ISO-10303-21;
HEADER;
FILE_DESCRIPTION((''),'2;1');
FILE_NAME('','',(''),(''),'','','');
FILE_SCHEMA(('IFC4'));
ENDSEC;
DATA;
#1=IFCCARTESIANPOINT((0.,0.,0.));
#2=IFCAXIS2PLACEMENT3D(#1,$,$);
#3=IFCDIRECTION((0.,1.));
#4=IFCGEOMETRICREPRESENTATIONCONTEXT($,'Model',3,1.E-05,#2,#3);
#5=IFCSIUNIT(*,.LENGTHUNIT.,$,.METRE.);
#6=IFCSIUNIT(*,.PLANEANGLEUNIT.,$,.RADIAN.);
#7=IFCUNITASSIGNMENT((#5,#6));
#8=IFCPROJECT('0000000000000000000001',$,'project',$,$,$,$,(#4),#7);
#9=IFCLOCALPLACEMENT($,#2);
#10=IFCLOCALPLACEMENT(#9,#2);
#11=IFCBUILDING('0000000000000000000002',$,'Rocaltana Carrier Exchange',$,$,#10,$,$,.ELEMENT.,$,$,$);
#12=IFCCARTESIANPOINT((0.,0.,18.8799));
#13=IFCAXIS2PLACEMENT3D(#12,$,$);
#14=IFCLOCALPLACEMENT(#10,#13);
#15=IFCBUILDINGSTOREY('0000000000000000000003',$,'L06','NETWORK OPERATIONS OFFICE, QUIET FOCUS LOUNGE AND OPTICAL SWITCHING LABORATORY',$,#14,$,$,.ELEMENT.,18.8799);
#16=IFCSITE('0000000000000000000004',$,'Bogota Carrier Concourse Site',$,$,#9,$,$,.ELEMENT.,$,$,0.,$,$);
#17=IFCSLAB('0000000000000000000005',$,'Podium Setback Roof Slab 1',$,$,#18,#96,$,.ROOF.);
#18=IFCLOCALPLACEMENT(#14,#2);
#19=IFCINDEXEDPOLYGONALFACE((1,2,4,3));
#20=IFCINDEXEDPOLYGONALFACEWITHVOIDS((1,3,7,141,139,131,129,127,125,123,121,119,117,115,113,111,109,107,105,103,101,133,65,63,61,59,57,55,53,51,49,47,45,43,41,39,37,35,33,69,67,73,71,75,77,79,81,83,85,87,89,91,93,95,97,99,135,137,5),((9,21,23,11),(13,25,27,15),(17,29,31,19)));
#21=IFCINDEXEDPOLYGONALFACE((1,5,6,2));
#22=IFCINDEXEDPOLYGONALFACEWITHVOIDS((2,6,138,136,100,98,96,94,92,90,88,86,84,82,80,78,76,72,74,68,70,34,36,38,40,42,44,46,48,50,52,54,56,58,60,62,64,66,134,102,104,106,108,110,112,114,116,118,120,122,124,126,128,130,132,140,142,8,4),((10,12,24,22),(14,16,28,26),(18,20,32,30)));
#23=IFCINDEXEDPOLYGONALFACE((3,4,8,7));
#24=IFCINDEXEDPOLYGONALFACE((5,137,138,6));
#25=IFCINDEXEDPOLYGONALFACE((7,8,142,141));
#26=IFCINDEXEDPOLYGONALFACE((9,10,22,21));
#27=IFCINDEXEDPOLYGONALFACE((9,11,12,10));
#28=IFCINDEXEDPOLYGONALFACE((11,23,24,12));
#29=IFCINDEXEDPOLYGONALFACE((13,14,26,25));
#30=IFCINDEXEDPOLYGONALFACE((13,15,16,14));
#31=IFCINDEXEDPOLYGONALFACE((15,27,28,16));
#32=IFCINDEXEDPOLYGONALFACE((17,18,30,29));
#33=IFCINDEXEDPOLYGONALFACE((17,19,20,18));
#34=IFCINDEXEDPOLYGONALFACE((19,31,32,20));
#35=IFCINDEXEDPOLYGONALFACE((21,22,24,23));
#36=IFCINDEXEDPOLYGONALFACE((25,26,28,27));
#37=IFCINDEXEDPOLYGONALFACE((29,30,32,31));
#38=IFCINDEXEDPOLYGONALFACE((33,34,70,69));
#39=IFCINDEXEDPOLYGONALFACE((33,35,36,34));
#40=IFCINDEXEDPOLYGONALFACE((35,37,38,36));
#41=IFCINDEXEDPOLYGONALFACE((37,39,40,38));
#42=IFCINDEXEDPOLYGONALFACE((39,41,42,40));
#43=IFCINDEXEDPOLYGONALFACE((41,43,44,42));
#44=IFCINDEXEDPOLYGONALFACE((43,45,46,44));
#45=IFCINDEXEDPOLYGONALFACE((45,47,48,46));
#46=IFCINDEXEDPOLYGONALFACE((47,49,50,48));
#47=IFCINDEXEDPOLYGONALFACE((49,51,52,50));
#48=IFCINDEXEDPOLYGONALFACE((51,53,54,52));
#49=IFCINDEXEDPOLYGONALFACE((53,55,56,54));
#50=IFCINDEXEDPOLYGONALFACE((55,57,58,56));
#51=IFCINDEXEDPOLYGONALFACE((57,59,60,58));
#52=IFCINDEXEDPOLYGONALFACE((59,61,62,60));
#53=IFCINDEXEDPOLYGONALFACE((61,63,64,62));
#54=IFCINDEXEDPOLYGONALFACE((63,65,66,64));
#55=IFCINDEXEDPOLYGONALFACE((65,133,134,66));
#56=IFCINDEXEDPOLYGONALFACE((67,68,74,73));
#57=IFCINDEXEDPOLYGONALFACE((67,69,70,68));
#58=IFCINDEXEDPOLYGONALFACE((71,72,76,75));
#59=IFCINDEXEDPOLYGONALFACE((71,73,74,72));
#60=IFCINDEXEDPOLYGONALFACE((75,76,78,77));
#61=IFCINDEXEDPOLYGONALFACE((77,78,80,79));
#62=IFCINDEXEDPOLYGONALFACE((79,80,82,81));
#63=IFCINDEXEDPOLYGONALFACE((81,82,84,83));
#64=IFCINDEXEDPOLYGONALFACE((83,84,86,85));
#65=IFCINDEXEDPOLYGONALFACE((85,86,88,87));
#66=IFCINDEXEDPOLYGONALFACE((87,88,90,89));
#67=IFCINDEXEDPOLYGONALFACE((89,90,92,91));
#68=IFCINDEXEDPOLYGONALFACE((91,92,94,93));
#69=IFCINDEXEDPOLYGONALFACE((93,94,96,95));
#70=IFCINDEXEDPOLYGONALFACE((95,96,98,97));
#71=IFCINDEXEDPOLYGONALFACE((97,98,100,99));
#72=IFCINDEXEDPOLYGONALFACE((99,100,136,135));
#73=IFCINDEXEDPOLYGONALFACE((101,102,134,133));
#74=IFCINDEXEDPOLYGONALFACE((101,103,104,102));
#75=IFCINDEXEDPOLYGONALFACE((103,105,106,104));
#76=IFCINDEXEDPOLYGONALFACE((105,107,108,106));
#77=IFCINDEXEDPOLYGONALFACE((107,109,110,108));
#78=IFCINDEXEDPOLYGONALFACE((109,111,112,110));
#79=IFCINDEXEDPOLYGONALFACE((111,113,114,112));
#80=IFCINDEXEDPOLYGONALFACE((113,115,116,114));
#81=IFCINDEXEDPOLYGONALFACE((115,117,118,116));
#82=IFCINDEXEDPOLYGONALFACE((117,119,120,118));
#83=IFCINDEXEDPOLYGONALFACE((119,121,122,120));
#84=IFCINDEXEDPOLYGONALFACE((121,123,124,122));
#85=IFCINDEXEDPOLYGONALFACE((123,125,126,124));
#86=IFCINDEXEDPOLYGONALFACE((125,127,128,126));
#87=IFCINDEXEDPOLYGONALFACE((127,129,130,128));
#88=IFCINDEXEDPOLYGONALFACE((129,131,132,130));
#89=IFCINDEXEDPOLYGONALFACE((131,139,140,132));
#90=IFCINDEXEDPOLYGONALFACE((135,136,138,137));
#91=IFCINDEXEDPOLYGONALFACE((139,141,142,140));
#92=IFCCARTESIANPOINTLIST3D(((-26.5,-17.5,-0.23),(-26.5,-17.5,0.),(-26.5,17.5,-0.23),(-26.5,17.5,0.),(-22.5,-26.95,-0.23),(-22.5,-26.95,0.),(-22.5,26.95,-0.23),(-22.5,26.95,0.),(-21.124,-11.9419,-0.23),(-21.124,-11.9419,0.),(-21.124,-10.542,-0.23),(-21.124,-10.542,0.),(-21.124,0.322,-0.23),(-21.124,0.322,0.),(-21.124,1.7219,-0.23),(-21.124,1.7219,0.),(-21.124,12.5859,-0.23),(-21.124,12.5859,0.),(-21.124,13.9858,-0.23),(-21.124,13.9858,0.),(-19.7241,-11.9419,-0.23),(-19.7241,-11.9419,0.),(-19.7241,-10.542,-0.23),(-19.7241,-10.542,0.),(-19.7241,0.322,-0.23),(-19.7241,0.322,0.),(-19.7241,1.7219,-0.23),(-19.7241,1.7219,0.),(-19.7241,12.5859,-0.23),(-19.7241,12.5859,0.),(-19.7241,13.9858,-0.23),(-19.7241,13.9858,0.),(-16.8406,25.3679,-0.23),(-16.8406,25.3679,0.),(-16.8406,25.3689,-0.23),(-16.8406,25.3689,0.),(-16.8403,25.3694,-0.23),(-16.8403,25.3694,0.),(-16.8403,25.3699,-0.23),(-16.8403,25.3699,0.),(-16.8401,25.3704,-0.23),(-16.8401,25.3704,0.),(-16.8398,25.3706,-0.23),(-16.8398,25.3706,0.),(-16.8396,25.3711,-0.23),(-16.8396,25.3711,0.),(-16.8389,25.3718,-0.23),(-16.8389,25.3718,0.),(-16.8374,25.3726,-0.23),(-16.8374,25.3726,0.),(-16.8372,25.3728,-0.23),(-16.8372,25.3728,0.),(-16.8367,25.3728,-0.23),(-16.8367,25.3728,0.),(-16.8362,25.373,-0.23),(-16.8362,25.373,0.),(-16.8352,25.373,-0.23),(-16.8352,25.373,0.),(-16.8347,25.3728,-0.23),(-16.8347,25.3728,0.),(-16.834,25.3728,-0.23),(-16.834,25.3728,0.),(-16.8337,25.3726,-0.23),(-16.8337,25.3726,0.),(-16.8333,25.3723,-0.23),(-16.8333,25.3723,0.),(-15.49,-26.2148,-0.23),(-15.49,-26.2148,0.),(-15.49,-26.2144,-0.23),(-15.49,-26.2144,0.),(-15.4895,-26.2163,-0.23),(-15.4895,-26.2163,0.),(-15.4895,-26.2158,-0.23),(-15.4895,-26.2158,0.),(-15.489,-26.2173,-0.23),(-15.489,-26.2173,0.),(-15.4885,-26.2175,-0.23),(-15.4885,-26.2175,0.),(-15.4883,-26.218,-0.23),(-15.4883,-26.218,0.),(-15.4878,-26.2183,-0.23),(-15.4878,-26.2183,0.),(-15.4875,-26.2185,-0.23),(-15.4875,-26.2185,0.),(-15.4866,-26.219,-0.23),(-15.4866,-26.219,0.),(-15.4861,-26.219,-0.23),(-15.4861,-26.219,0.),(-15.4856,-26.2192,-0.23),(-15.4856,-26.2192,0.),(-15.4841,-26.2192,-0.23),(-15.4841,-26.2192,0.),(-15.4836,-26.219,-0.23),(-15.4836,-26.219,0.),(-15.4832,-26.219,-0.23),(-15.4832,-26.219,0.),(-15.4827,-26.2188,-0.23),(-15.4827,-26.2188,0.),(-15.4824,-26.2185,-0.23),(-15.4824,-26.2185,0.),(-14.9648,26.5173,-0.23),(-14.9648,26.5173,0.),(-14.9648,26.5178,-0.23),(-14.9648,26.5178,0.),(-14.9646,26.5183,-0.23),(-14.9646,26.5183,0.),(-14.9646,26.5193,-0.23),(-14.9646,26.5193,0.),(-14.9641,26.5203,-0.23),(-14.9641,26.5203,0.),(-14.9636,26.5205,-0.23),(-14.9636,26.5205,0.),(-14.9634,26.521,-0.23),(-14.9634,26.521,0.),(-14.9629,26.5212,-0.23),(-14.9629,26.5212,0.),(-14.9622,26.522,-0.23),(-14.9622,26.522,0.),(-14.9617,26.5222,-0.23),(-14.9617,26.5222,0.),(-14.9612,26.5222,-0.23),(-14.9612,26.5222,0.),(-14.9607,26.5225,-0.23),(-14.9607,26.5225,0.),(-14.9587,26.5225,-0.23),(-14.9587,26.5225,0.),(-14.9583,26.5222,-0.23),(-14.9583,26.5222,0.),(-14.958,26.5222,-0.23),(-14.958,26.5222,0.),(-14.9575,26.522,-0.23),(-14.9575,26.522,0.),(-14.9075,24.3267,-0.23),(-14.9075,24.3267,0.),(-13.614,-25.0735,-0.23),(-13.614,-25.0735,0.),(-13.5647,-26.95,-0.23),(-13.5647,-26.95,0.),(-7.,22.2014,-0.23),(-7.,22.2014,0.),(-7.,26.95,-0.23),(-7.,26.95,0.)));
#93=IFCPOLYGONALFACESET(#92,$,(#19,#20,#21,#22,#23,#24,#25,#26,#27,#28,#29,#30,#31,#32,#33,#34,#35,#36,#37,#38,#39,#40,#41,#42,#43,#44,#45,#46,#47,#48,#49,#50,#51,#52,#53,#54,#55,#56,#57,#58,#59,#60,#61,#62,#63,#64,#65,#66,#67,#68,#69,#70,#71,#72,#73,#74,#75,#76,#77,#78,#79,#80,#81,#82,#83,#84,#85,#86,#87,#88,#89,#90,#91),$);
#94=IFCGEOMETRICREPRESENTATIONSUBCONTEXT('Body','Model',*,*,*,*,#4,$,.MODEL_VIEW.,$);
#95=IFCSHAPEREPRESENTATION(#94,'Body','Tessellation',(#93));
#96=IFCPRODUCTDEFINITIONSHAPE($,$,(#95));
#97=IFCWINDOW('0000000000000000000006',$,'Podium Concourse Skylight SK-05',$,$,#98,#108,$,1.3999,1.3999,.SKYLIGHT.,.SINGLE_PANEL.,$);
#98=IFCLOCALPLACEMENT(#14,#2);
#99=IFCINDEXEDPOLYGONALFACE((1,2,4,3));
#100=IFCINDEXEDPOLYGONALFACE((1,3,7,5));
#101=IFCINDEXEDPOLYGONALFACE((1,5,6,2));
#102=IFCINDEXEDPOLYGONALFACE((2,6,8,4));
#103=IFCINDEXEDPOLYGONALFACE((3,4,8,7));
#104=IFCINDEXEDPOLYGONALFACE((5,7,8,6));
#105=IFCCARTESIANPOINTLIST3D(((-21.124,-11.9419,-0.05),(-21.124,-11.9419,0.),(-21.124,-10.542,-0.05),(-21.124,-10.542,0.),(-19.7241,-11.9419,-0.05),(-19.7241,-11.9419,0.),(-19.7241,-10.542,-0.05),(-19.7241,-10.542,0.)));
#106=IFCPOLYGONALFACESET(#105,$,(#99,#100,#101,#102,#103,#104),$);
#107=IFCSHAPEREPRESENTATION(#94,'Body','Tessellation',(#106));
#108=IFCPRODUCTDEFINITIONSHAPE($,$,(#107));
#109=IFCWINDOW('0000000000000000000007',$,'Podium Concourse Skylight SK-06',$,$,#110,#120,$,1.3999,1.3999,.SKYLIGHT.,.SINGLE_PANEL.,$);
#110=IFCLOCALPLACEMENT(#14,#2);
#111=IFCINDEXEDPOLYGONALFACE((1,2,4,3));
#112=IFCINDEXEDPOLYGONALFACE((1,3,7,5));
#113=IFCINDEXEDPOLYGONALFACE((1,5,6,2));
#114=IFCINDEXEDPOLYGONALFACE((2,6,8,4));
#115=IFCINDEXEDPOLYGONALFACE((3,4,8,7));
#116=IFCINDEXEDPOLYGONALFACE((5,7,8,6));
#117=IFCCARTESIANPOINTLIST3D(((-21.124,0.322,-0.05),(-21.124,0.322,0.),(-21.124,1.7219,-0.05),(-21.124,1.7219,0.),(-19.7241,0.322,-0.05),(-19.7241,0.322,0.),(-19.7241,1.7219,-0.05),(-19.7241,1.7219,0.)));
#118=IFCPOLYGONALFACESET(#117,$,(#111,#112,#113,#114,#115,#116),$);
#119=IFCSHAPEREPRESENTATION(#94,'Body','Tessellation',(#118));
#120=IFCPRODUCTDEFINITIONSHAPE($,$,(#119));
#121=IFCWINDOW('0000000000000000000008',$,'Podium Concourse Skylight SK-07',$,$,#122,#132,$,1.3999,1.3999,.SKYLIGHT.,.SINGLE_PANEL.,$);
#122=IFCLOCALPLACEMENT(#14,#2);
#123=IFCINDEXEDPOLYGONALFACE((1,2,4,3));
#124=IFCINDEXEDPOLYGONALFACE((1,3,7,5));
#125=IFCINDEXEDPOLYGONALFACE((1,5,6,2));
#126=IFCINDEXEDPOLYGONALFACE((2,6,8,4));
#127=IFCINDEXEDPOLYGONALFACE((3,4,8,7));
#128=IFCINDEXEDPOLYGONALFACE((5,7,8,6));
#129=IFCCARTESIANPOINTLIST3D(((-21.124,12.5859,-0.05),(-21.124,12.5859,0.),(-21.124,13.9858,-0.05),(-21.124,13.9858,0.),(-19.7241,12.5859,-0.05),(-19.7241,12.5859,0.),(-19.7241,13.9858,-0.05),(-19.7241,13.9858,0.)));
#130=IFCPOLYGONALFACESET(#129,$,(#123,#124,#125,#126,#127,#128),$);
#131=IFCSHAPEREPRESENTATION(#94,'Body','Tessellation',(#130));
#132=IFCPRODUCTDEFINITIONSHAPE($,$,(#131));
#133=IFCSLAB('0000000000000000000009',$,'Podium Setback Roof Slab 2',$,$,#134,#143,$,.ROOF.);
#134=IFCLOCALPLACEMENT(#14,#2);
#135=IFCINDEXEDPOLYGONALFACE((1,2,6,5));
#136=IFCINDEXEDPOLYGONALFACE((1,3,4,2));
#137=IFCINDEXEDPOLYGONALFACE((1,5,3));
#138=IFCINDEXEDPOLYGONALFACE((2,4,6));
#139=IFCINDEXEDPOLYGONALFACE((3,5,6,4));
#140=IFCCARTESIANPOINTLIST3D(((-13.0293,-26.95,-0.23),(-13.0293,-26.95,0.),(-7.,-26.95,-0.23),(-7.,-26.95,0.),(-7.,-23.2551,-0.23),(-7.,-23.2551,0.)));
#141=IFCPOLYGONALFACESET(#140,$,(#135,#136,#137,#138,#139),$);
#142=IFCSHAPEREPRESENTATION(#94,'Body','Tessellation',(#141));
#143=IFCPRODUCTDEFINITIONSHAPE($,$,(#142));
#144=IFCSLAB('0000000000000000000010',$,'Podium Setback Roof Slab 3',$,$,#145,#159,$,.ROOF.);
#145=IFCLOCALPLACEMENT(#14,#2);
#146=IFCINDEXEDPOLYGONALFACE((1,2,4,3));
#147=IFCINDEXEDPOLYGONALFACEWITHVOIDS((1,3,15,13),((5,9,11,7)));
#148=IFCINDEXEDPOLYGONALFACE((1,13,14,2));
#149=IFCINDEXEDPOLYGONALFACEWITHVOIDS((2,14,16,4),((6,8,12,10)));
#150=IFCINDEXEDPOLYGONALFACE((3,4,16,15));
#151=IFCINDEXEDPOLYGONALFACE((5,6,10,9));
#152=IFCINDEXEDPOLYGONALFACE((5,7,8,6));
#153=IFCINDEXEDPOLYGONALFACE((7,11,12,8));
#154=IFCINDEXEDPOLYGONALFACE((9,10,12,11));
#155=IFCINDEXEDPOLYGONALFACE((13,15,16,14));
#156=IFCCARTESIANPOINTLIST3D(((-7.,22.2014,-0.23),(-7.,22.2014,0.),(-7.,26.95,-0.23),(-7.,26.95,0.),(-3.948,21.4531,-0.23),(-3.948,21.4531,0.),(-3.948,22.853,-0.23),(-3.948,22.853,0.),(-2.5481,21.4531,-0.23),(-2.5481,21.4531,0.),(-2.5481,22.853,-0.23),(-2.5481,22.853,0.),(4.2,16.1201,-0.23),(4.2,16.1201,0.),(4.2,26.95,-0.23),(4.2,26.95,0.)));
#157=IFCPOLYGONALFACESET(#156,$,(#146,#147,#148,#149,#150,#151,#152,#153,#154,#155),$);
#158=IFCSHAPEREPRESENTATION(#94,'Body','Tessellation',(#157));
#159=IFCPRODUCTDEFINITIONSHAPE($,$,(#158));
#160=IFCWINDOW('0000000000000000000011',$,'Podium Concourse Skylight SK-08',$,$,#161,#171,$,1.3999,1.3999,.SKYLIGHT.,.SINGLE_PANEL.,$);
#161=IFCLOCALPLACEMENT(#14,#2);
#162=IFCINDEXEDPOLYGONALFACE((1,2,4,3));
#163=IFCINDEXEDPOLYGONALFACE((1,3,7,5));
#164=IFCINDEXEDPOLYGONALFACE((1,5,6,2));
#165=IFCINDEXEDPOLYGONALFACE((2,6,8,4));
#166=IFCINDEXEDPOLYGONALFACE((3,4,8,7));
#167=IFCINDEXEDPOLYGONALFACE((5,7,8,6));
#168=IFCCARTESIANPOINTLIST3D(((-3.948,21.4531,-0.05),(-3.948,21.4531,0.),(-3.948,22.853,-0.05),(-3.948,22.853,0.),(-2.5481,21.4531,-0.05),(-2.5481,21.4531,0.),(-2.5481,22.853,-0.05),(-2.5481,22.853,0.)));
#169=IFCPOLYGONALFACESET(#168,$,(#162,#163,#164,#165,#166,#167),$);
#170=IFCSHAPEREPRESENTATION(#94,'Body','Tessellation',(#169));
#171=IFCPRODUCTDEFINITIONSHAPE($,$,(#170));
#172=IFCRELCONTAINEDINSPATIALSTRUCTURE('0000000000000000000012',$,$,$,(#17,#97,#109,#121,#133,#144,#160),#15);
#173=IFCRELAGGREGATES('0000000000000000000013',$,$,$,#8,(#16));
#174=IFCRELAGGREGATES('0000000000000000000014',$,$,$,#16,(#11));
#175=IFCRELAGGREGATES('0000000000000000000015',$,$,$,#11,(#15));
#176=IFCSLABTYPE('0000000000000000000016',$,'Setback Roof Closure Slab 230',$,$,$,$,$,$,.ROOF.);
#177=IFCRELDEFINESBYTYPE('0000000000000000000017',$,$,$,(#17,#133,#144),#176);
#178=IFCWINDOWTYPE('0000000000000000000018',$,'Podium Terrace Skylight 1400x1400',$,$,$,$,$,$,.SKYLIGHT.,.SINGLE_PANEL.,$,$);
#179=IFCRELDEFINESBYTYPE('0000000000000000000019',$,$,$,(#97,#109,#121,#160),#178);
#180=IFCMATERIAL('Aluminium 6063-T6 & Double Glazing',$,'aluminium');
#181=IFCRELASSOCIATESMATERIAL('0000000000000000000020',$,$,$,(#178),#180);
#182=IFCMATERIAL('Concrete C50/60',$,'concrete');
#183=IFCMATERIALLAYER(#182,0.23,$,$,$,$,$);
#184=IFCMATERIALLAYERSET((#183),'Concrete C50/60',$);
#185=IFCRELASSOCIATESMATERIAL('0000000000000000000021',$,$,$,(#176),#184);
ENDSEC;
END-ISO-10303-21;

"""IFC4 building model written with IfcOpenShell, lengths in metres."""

from ifc_helpers import new_model, si_unit, direction, frame, origin, origin_2d, place, context, subcontext, project, spatial, polyline, rectangle, outline, extrude, material, layer, layer_set, type_object, element, fill, save


model = new_model("IFC4")

# Units and contexts
model_context = context("Model", 3, precision=1e-05, world=origin(), true_north=direction((0.0, 1.0)))
body_context = subcontext(model_context, "Body", "Model", "MODEL_VIEW")
ifc_project = project(units=[si_unit("LENGTHUNIT", "METRE"), si_unit("PLANEANGLEUNIT", "RADIAN")], contexts=[model_context])

# Site, building, storey
site_placement = place(None, origin())
site = spatial("IfcSite", under=ifc_project, at=site_placement, Name="Bogota Carrier Concourse Site", CompositionType="ELEMENT", RefElevation=0.0)
building_placement = place(site_placement, origin())
building = spatial("IfcBuilding", under=site, at=building_placement, Name="Rocaltana Carrier Exchange", CompositionType="ELEMENT")
storey_placement = place(building_placement, frame((0.0, 0.0, 18.8799)))
storey = spatial("IfcBuildingStorey", under=building, at=storey_placement, Name="L06", Description="NETWORK OPERATIONS OFFICE, QUIET FOCUS LOUNGE AND OPTICAL SWITCHING LABORATORY", CompositionType="ELEMENT", Elevation=18.8799)

# Shared definitions
ifc_material_1 = material(Name="Aluminium 6063-T6 & Double Glazing", Category="aluminium")
window_type = type_object("IfcWindowType", Name="Podium Terrace Skylight 1400x1400", PartitioningType="SINGLE_PANEL", PredefinedType="SKYLIGHT", material=ifc_material_1)

# Slab, openings, windows
ifc_material_2 = material(Name="Concrete C50/60", Category="concrete")
ifc_layer_1 = layer(ifc_material_2, 0.23)
ifc_layer_set_1 = layer_set([ifc_layer_1], Name="Concrete C50/60")
slab_type_1 = type_object("IfcSlabType", Name="Setback Roof Closure Slab 230", PredefinedType="ROOF", material=ifc_layer_set_1)
slab_1_placement = place(storey_placement, frame((0.0, 0.0, -0.23)))
slab_1 = element("IfcSlab", 1, at=slab_1_placement, inside=storey, type_object=slab_type_1, Name="Podium Setback Roof Slab 1", PredefinedType="ROOF", context=body_context, shape_type="SweptSolid", body=[
    extrude(outline(polyline([(-26.5, -17.5), (-26.5, 17.5), (-22.5, 26.95), (-7.0, 26.95), (-7.0, 22.2014), (-14.9575, 26.522), (-14.958, 26.5222), (-14.9583, 26.5222), (-14.9587, 26.5225), (-14.9592, 26.5225), (-14.9597, 26.5225), (-14.9602, 26.5225), (-14.9607, 26.5225), (-14.9612, 26.5222), (-14.9617, 26.5222), (-14.9622, 26.522), (-14.9626, 26.5215), (-14.9629, 26.5212), (-14.9634, 26.521), (-14.9636, 26.5205), (-14.9641, 26.5203), (-14.9644, 26.5198), (-14.9646, 26.5193), (-14.9646, 26.5188), (-14.9646, 26.5183), (-14.9648, 26.5178), (-14.9648, 26.5173), (-14.9075, 24.3267), (-16.8333, 25.3723), (-16.8337, 25.3726), (-16.834, 25.3728), (-16.8347, 25.3728), (-16.8352, 25.373), (-16.8357, 25.373), (-16.8362, 25.373), (-16.8367, 25.3728), (-16.8372, 25.3728), (-16.8374, 25.3726), (-16.8379, 25.3723), (-16.8384, 25.3721), (-16.8389, 25.3718), (-16.8391, 25.3716), (-16.8396, 25.3711), (-16.8398, 25.3706), (-16.8401, 25.3704), (-16.8403, 25.3699), (-16.8403, 25.3694), (-16.8406, 25.3689), (-16.8406, 25.3684), (-16.8406, 25.3679), (-15.49, -26.2144), (-15.49, -26.2148), (-15.4897, -26.2153), (-15.4895, -26.2158), (-15.4895, -26.2163), (-15.4893, -26.2168), (-15.489, -26.2173), (-15.4885, -26.2175), (-15.4883, -26.218), (-15.4878, -26.2183), (-15.4875, -26.2185), (-15.4871, -26.2188), (-15.4866, -26.219), (-15.4861, -26.219), (-15.4856, -26.2192), (-15.4851, -26.2192), (-15.4846, -26.2192), (-15.4841, -26.2192), (-15.4836, -26.219), (-15.4832, -26.219), (-15.4827, -26.2188), (-15.4824, -26.2185), (-13.614, -25.0735), (-13.5647, -26.95), (-22.5, -26.95), (-26.5, -17.5)])), origin(), (0.0, 0.0, 1.0), 0.23),
])
opening_1_placement = place(slab_1_placement, frame((-20.4241, -11.2419, 0.0)))
opening_1 = element("IfcOpeningElement", 2, at=opening_1_placement, cuts=slab_1, PredefinedType="OPENING", context=body_context, shape_type="SweptSolid", body=[
    extrude(rectangle(XDim=1.3999, YDim=1.3999, at=origin_2d()), origin(), (0.0, 0.0, 1.0), 0.23),
])
opening_2_placement = place(slab_1_placement, frame((-20.4241, 1.022, 0.0)))
opening_2 = element("IfcOpeningElement", 3, at=opening_2_placement, cuts=slab_1, PredefinedType="OPENING", context=body_context, shape_type="SweptSolid", body=[
    extrude(rectangle(XDim=1.3999, YDim=1.3999, at=origin_2d()), origin(), (0.0, 0.0, 1.0), 0.23),
])
opening_3_placement = place(slab_1_placement, frame((-20.4241, 13.2859, 0.0)))
opening_3 = element("IfcOpeningElement", 4, at=opening_3_placement, cuts=slab_1, PredefinedType="OPENING", context=body_context, shape_type="SweptSolid", body=[
    extrude(rectangle(XDim=1.3999, YDim=1.3999, at=origin_2d()), origin(), (0.0, 0.0, 1.0), 0.23),
])
window_1_placement = place(opening_1_placement, frame((0.0, 0.0, 0.1799)))
window_1 = element("IfcWindow", 5, at=window_1_placement, inside=storey, type_object=window_type, Name="Podium Concourse Skylight SK-05", OverallHeight=1.3999, OverallWidth=1.3999, PartitioningType="SINGLE_PANEL", PredefinedType="SKYLIGHT", context=body_context, shape_type="SweptSolid", body=[
    extrude(rectangle(XDim=1.3999, YDim=1.3999, at=origin_2d()), origin(), (0.0, 0.0, 1.0), 0.05),
])
fill(opening_1, window_1)
window_2_placement = place(opening_2_placement, frame((0.0, 0.0, 0.1799)))
window_2 = element("IfcWindow", 6, at=window_2_placement, inside=storey, type_object=window_type, Name="Podium Concourse Skylight SK-06", OverallHeight=1.3999, OverallWidth=1.3999, PartitioningType="SINGLE_PANEL", PredefinedType="SKYLIGHT", context=body_context, shape_type="SweptSolid", body=[
    extrude(rectangle(XDim=1.3999, YDim=1.3999, at=origin_2d()), origin(), (0.0, 0.0, 1.0), 0.05),
])
fill(opening_2, window_2)
window_3_placement = place(opening_3_placement, frame((0.0, 0.0, 0.1799)))
window_3 = element("IfcWindow", 7, at=window_3_placement, inside=storey, type_object=window_type, Name="Podium Concourse Skylight SK-07", OverallHeight=1.3999, OverallWidth=1.3999, PartitioningType="SINGLE_PANEL", PredefinedType="SKYLIGHT", context=body_context, shape_type="SweptSolid", body=[
    extrude(rectangle(XDim=1.3999, YDim=1.3999, at=origin_2d()), origin(), (0.0, 0.0, 1.0), 0.05),
])
fill(opening_3, window_3)

# Slab
slab_2_placement = place(storey_placement, frame((0.0, 0.0, -0.23)))
element("IfcSlab", 8, at=slab_2_placement, inside=storey, type_object=slab_type_1, Name="Podium Setback Roof Slab 2", PredefinedType="ROOF", context=body_context, shape_type="SweptSolid", body=[
    extrude(outline(polyline([(-13.0293, -26.95), (-7.0, -23.2551), (-7.0, -26.95), (-13.0293, -26.95)])), origin(), (0.0, 0.0, 1.0), 0.23),
])

# Slab, opening, window
slab_3_placement = place(storey_placement, frame((0.0, 0.0, -0.23)))
slab_3 = element("IfcSlab", 9, at=slab_3_placement, inside=storey, type_object=slab_type_1, Name="Podium Setback Roof Slab 3", PredefinedType="ROOF", context=body_context, shape_type="SweptSolid", body=[
    extrude(outline(polyline([(4.2, 26.95), (4.2, 16.1201), (-7.0, 22.2014), (-7.0, 26.95), (4.2, 26.95)])), origin(), (0.0, 0.0, 1.0), 0.23),
])
opening_4_placement = place(slab_3_placement, frame((-3.248, 22.1531, 0.0)))
opening_4 = element("IfcOpeningElement", 10, at=opening_4_placement, cuts=slab_3, PredefinedType="OPENING", context=body_context, shape_type="SweptSolid", body=[
    extrude(rectangle(XDim=1.3999, YDim=1.3999, at=origin_2d()), origin(), (0.0, 0.0, 1.0), 0.23),
])
window_4_placement = place(opening_4_placement, frame((0.0, 0.0, 0.1799)))
window_4 = element("IfcWindow", 11, at=window_4_placement, inside=storey, type_object=window_type, Name="Podium Concourse Skylight SK-08", OverallHeight=1.3999, OverallWidth=1.3999, PartitioningType="SINGLE_PANEL", PredefinedType="SKYLIGHT", context=body_context, shape_type="SweptSolid", body=[
    extrude(rectangle(XDim=1.3999, YDim=1.3999, at=origin_2d()), origin(), (0.0, 0.0, 1.0), 0.05),
])
fill(opening_4, window_4)

save(model, "model.ifc")
